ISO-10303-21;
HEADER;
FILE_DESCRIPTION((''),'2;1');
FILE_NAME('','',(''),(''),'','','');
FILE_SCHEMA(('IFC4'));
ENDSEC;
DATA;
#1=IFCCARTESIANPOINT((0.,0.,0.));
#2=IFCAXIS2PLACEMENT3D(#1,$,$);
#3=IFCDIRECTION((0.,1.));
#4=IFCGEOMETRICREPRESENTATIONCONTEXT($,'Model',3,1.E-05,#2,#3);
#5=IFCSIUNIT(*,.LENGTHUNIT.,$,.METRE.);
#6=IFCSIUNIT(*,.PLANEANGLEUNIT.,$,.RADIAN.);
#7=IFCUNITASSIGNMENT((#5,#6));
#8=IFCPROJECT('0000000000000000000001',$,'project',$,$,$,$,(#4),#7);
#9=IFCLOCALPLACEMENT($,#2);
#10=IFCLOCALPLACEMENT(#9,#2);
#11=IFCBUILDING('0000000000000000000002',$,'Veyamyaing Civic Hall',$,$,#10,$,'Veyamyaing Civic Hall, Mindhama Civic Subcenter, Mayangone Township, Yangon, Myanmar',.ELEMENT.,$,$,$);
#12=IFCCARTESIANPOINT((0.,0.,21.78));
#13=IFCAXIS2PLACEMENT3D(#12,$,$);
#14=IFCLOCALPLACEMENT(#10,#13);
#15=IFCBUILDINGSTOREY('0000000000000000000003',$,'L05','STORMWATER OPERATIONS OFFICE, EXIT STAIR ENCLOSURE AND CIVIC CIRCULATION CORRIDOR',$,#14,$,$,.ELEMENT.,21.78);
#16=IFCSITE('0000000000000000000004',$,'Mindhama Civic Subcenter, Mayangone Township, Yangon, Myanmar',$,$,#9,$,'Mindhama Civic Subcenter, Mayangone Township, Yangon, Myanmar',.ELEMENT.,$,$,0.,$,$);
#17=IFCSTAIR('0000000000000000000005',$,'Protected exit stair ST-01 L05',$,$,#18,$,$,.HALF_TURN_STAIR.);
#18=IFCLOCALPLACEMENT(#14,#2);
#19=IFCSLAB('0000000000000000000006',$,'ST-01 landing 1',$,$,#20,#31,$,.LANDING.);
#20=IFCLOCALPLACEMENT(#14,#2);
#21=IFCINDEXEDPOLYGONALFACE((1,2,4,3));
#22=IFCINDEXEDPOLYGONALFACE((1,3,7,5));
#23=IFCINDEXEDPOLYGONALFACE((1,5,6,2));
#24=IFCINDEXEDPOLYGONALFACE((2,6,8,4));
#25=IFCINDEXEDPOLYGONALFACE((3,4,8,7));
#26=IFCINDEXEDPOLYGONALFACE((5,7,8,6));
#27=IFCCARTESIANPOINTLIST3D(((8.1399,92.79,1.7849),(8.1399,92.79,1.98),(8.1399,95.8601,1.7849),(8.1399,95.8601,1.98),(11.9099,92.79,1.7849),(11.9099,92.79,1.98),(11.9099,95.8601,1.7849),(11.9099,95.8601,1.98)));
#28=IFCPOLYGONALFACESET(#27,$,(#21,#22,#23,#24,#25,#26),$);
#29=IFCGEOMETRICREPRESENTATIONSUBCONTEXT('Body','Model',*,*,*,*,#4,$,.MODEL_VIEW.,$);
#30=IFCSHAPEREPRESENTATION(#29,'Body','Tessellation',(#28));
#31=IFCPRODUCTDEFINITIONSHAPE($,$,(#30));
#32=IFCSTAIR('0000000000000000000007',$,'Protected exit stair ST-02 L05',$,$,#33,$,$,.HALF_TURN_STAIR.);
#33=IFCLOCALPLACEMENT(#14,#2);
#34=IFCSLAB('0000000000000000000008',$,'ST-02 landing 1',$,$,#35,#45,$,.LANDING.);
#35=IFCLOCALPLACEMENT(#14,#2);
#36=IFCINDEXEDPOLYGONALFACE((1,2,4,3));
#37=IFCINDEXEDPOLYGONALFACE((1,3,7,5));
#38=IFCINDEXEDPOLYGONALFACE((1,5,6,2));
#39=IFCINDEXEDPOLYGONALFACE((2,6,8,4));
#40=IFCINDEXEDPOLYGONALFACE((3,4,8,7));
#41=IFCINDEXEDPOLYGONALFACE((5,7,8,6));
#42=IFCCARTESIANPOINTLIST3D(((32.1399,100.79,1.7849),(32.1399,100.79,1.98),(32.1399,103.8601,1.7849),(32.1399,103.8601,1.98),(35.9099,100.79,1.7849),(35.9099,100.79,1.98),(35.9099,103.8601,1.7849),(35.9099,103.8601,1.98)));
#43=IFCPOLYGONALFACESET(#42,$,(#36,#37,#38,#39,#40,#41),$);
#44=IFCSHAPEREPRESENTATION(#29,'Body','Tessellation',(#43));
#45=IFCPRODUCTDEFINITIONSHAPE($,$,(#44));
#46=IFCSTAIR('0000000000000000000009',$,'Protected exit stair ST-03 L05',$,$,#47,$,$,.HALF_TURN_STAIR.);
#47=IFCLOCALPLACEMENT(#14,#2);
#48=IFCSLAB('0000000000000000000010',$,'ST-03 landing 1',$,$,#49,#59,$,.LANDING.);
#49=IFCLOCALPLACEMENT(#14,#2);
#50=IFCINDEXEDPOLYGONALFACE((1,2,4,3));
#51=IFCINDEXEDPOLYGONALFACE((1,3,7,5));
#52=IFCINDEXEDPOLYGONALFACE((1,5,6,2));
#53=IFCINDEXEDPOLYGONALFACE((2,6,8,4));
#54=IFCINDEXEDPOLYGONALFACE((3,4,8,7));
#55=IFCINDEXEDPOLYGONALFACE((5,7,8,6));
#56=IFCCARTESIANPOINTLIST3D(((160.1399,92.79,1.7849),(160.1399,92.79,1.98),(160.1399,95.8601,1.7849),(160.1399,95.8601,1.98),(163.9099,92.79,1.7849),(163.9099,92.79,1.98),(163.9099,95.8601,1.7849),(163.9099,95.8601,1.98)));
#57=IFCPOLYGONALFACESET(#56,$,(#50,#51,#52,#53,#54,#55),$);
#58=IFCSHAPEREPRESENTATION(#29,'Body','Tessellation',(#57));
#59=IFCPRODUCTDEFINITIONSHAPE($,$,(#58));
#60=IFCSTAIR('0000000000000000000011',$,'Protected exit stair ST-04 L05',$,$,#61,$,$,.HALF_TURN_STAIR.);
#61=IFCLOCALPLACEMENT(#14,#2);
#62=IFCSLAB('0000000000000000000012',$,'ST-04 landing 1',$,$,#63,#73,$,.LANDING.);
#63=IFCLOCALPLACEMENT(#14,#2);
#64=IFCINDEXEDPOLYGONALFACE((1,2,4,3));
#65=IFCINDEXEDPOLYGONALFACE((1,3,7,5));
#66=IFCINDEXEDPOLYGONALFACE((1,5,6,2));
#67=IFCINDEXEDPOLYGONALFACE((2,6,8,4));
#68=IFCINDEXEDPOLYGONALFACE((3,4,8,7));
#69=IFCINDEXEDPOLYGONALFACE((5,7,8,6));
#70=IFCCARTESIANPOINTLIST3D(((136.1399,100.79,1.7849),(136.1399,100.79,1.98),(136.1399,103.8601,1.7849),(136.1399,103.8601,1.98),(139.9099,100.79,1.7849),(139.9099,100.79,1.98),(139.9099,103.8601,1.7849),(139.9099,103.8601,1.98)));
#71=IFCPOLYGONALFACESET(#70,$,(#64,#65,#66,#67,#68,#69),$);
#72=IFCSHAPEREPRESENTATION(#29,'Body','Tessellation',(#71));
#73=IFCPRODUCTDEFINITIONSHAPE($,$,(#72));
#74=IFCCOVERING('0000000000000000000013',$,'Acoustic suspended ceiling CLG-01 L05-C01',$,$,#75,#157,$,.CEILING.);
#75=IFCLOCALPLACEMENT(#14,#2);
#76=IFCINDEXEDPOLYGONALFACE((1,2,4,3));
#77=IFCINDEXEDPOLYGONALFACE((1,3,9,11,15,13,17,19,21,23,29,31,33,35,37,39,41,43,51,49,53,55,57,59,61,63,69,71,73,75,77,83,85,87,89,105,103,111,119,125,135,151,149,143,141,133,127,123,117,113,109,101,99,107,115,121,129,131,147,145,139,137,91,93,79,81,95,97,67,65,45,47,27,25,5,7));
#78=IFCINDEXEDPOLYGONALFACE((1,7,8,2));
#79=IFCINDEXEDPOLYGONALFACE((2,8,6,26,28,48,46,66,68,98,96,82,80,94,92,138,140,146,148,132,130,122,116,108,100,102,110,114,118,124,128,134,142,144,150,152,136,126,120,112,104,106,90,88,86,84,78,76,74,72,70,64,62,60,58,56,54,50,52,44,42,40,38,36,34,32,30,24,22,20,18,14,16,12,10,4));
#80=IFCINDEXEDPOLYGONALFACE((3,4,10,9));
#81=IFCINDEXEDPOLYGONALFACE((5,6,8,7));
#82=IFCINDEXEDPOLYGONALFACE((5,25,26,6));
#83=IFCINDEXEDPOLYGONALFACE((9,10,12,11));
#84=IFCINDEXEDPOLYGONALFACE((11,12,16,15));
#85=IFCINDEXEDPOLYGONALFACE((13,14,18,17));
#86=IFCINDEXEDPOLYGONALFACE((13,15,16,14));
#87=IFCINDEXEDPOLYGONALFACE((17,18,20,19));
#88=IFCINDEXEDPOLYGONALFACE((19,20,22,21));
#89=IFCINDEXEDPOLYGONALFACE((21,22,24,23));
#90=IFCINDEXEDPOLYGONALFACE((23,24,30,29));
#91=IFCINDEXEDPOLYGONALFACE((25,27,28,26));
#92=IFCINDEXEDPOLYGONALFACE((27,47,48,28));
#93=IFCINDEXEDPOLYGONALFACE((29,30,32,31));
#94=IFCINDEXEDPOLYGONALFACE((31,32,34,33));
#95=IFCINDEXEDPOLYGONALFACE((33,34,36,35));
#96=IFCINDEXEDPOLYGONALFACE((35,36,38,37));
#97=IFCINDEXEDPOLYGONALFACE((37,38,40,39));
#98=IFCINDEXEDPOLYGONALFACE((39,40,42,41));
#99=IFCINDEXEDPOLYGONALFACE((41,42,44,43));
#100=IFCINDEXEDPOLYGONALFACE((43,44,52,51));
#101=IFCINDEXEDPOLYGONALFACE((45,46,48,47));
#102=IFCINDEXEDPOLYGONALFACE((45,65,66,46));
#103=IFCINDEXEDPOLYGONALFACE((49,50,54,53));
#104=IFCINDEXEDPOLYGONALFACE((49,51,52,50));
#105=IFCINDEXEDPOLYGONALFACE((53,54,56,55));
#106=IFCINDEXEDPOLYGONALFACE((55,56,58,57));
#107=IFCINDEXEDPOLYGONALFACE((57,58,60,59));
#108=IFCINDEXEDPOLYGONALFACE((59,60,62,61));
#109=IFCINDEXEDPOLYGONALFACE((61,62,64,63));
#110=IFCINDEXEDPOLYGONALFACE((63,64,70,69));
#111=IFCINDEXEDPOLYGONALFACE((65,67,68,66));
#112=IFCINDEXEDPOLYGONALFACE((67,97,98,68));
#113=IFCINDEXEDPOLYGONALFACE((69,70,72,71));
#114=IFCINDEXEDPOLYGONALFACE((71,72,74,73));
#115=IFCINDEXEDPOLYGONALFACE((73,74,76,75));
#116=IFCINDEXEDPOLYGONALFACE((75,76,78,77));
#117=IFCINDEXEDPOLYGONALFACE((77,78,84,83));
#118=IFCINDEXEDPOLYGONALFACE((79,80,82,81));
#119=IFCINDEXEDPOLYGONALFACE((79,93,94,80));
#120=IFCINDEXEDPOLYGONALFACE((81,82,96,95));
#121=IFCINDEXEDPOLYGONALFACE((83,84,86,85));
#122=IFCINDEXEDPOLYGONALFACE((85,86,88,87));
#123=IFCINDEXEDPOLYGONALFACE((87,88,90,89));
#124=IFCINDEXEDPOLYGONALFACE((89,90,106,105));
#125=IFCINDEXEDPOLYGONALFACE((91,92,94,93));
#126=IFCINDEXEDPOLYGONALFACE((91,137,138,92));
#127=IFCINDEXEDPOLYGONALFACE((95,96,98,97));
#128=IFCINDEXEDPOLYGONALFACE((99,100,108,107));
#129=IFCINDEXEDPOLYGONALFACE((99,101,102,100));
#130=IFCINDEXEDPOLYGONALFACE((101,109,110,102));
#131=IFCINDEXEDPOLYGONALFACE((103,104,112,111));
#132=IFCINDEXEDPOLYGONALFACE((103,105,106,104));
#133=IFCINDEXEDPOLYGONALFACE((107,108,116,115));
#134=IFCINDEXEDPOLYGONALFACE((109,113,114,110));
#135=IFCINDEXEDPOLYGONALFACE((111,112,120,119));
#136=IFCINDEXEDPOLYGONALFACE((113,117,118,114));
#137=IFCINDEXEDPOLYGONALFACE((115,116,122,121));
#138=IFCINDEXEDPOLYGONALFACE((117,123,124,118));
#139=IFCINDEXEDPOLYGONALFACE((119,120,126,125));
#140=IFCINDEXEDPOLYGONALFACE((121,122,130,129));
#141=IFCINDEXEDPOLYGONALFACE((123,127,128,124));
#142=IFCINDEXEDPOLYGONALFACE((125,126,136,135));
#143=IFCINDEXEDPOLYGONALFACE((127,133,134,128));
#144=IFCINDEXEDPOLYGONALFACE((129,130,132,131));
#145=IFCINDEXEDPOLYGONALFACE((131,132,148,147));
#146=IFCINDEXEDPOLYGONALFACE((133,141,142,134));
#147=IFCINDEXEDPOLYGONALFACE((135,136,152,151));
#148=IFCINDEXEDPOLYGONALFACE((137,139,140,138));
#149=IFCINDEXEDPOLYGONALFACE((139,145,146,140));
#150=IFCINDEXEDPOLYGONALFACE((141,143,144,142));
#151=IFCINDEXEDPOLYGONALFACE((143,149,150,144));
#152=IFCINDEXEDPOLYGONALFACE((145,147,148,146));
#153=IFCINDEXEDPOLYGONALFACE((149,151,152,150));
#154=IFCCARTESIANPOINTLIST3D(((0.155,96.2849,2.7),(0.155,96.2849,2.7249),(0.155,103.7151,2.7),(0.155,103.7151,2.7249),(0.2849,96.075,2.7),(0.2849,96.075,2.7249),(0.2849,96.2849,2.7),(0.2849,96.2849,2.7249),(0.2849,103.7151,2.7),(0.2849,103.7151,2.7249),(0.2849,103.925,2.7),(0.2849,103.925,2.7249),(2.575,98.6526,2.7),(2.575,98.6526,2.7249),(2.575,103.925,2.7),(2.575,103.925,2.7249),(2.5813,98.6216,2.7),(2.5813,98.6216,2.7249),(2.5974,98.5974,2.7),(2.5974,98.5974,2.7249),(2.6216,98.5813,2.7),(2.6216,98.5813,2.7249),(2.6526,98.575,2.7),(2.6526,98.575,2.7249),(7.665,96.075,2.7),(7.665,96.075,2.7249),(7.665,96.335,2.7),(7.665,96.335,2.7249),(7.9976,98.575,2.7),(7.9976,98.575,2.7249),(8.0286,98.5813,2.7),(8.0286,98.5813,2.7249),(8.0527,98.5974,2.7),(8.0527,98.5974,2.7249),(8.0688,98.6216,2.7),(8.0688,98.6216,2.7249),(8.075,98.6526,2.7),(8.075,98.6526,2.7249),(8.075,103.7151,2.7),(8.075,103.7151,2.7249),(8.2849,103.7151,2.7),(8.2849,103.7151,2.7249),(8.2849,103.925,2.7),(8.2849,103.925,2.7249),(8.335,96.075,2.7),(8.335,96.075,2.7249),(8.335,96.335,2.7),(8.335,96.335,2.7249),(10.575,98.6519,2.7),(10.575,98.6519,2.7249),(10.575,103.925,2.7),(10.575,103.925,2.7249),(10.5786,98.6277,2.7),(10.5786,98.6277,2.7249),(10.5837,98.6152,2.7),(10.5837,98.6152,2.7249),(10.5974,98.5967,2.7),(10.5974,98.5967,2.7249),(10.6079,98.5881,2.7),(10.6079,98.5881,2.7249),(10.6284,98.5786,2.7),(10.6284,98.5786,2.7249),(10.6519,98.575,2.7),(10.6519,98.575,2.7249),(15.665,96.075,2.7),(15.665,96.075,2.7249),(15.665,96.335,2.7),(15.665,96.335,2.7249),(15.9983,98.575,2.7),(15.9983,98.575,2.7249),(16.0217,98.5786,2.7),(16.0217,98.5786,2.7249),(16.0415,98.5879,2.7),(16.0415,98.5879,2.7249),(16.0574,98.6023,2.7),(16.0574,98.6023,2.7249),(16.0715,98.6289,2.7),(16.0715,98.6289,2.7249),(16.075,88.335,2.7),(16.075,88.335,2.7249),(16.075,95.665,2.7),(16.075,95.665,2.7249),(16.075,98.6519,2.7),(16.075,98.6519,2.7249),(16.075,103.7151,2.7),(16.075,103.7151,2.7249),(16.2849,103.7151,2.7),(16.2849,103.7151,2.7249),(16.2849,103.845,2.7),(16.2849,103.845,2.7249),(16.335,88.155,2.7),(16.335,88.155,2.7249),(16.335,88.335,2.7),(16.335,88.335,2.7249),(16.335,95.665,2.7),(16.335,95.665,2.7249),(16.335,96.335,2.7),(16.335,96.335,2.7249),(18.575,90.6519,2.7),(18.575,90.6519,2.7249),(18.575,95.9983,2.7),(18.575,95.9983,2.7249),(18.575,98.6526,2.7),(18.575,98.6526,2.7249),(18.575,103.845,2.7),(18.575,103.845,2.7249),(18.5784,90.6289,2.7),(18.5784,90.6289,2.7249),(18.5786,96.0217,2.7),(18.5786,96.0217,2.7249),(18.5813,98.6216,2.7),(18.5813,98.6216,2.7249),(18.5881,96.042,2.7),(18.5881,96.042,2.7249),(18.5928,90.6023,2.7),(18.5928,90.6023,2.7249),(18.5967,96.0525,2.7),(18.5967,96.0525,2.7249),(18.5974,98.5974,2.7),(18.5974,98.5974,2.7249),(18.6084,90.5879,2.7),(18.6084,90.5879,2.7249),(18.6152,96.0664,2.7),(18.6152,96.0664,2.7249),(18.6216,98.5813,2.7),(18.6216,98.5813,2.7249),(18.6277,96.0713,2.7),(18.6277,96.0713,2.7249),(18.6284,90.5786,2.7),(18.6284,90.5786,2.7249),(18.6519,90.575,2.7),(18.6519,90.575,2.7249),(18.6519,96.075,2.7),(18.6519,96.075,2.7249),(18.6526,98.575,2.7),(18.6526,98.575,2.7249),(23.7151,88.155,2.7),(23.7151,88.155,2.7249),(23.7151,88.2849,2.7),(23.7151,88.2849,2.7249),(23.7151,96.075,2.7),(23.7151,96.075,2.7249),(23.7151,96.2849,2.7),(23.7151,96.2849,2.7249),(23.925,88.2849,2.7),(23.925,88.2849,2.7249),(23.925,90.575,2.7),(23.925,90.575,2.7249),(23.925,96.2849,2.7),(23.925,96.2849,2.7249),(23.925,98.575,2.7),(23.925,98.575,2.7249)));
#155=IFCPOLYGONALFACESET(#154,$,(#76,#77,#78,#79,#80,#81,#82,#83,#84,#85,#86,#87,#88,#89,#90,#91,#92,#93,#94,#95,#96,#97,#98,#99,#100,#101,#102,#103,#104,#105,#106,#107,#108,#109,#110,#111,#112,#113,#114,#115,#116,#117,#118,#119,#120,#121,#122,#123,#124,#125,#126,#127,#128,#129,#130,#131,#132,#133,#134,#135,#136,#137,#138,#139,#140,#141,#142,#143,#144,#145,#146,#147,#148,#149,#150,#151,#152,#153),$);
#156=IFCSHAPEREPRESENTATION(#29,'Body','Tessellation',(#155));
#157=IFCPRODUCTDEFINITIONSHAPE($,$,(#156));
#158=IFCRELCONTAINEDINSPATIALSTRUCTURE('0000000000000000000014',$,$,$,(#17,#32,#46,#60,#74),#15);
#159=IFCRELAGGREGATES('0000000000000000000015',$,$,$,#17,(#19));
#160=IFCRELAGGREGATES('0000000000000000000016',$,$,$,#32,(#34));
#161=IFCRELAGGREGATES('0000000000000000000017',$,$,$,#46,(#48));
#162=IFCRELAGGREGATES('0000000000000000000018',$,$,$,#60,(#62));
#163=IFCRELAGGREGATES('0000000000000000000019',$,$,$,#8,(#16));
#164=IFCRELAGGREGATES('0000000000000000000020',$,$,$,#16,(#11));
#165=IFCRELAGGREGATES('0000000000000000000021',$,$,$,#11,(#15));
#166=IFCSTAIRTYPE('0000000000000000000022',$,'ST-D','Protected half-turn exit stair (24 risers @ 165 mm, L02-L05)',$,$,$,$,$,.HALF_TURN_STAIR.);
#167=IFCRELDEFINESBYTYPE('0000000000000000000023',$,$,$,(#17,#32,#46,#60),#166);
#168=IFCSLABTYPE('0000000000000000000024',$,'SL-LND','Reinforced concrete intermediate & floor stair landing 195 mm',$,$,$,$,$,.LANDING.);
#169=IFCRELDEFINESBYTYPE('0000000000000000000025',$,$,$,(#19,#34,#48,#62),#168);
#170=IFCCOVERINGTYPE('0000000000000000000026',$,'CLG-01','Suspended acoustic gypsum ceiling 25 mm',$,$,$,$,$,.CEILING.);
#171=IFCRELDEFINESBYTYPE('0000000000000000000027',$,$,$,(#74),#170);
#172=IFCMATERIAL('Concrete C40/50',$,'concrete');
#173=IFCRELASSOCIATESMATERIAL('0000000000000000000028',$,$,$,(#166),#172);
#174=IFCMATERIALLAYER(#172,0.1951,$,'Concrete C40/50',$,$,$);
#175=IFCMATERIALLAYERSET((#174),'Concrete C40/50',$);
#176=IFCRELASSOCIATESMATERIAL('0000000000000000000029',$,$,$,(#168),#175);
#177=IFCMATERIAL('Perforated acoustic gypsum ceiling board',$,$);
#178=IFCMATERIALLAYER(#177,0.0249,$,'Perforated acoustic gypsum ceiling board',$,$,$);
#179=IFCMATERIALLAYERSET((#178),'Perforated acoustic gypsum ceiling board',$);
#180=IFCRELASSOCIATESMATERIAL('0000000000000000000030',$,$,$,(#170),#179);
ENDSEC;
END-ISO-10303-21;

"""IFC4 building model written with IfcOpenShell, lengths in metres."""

from ifc_helpers import new_model, si_unit, direction, frame, origin, place, context, subcontext, project, spatial, polyline, outline, extrude, material, layer, layer_set, type_object, element, aggregate, save


model = new_model("IFC4")

# Units and contexts
model_context = context("Model", 3, precision=1e-05, world=origin(), true_north=direction((0.0, 1.0)))
body_context = subcontext(model_context, "Body", "Model", "MODEL_VIEW")
ifc_project = project(units=[si_unit("LENGTHUNIT", "METRE"), si_unit("PLANEANGLEUNIT", "RADIAN")], contexts=[model_context])

# Site, building, storey
site_placement = place(None, origin())
site = spatial("IfcSite", under=ifc_project, at=site_placement, Name="Mindhama Civic Subcenter, Mayangone Township, Yangon, Myanmar", LongName="Mindhama Civic Subcenter, Mayangone Township, Yangon, Myanmar", CompositionType="ELEMENT", RefElevation=0.0)
building_placement = place(site_placement, origin())
building = spatial("IfcBuilding", under=site, at=building_placement, Name="Veyamyaing Civic Hall", LongName="Veyamyaing Civic Hall, Mindhama Civic Subcenter, Mayangone Township, Yangon, Myanmar", CompositionType="ELEMENT")
storey_placement = place(building_placement, frame((0.0, 0.0, 21.78)))
storey = spatial("IfcBuildingStorey", under=building, at=storey_placement, Name="L05", Description="STORMWATER OPERATIONS OFFICE, EXIT STAIR ENCLOSURE AND CIVIC CIRCULATION CORRIDOR", CompositionType="ELEMENT", Elevation=21.78)

# Stairs, slabs
ifc_material_1 = material(Name="Concrete C40/50", Category="concrete")
stair_type = type_object("IfcStairType", Name="ST-D", Description="Protected half-turn exit stair (24 risers @ 165 mm, L02-L05)", PredefinedType="HALF_TURN_STAIR", material=ifc_material_1)
stair_1_placement = place(storey_placement, origin())
stair_1 = element("IfcStair", 1, at=stair_1_placement, inside=storey, type_object=stair_type, Name="Protected exit stair ST-01 L05", PredefinedType="HALF_TURN_STAIR")
ifc_layer_1 = layer(ifc_material_1, 0.1951, Name="Concrete C40/50")
ifc_layer_set_1 = layer_set([ifc_layer_1], Name="Concrete C40/50")
slab_type = type_object("IfcSlabType", Name="SL-LND", Description="Reinforced concrete intermediate & floor stair landing 195 mm", PredefinedType="LANDING", material=ifc_layer_set_1)
slab_1_placement = place(storey_placement, frame((0.0, 0.0, 1.7849)))
slab_1 = element("IfcSlab", 2, at=slab_1_placement, type_object=slab_type, Name="ST-01 landing 1", PredefinedType="LANDING", context=body_context, shape_type="SweptSolid", body=[
    extrude(outline(polyline([(8.1399, 92.79), (11.9099, 92.79), (11.9099, 95.8601), (8.1399, 95.8601), (8.1399, 92.79)])), origin(), (0.0, 0.0, 1.0), 0.1951),
])
aggregate(stair_1, [slab_1])
stair_2_placement = place(storey_placement, origin())
stair_2 = element("IfcStair", 3, at=stair_2_placement, inside=storey, type_object=stair_type, Name="Protected exit stair ST-02 L05", PredefinedType="HALF_TURN_STAIR")
slab_2_placement = place(storey_placement, frame((0.0, 0.0, 1.7849)))
slab_2 = element("IfcSlab", 4, at=slab_2_placement, type_object=slab_type, Name="ST-02 landing 1", PredefinedType="LANDING", context=body_context, shape_type="SweptSolid", body=[
    extrude(outline(polyline([(32.1399, 100.79), (35.9099, 100.79), (35.9099, 103.8601), (32.1399, 103.8601), (32.1399, 100.79)])), origin(), (0.0, 0.0, 1.0), 0.1951),
])
aggregate(stair_2, [slab_2])
stair_3_placement = place(storey_placement, origin())
stair_3 = element("IfcStair", 5, at=stair_3_placement, inside=storey, type_object=stair_type, Name="Protected exit stair ST-03 L05", PredefinedType="HALF_TURN_STAIR")
slab_3_placement = place(storey_placement, frame((0.0, 0.0, 1.7849)))
slab_3 = element("IfcSlab", 6, at=slab_3_placement, type_object=slab_type, Name="ST-03 landing 1", PredefinedType="LANDING", context=body_context, shape_type="SweptSolid", body=[
    extrude(outline(polyline([(160.1399, 92.79), (163.9099, 92.79), (163.9099, 95.8601), (160.1399, 95.8601), (160.1399, 92.79)])), origin(), (0.0, 0.0, 1.0), 0.1951),
])
aggregate(stair_3, [slab_3])
stair_4_placement = place(storey_placement, origin())
stair_4 = element("IfcStair", 7, at=stair_4_placement, inside=storey, type_object=stair_type, Name="Protected exit stair ST-04 L05", PredefinedType="HALF_TURN_STAIR")
slab_4_placement = place(storey_placement, frame((0.0, 0.0, 1.7849)))
slab_4 = element("IfcSlab", 8, at=slab_4_placement, type_object=slab_type, Name="ST-04 landing 1", PredefinedType="LANDING", context=body_context, shape_type="SweptSolid", body=[
    extrude(outline(polyline([(136.1399, 100.79), (139.9099, 100.79), (139.9099, 103.8601), (136.1399, 103.8601), (136.1399, 100.79)])), origin(), (0.0, 0.0, 1.0), 0.1951),
])
aggregate(stair_4, [slab_4])

# Covering
ifc_material_2 = material(Name="Perforated acoustic gypsum ceiling board")
ifc_layer_2 = layer(ifc_material_2, 0.0249, Name="Perforated acoustic gypsum ceiling board")
ifc_layer_set_2 = layer_set([ifc_layer_2], Name="Perforated acoustic gypsum ceiling board")
covering_type_1 = type_object("IfcCoveringType", Name="CLG-01", Description="Suspended acoustic gypsum ceiling 25 mm", PredefinedType="CEILING", material=ifc_layer_set_2)
covering_1_placement = place(storey_placement, frame((0.0, 0.0, 2.7)))
element("IfcCovering", 9, at=covering_1_placement, inside=storey, type_object=covering_type_1, Name="Acoustic suspended ceiling CLG-01 L05-C01", PredefinedType="CEILING", context=body_context, shape_type="SweptSolid", body=[
    extrude(outline(polyline([(8.335, 96.075), (8.335, 96.335), (7.665, 96.335), (7.665, 96.075), (0.2849, 96.075), (0.2849, 96.2849), (0.155, 96.2849), (0.155, 103.7151), (0.2849, 103.7151), (0.2849, 103.925), (2.575, 103.925), (2.575, 98.6526), (2.5813, 98.6216), (2.5974, 98.5974), (2.6216, 98.5813), (2.6526, 98.575), (7.9976, 98.575), (8.0286, 98.5813), (8.0527, 98.5974), (8.0688, 98.6216), (8.075, 98.6526), (8.075, 103.7151), (8.2849, 103.7151), (8.2849, 103.925), (10.575, 103.925), (10.575, 98.6519), (10.5786, 98.6277), (10.5837, 98.6152), (10.5974, 98.5967), (10.6079, 98.5881), (10.6284, 98.5786), (10.6519, 98.575), (15.9983, 98.575), (16.0217, 98.5786), (16.0415, 98.5879), (16.0574, 98.6023), (16.0715, 98.6289), (16.075, 98.6519), (16.075, 103.7151), (16.2849, 103.7151), (16.2849, 103.845), (18.575, 103.845), (18.575, 98.6526), (18.5813, 98.6216), (18.5974, 98.5974), (18.6216, 98.5813), (18.6526, 98.575), (23.925, 98.575), (23.925, 96.2849), (23.7151, 96.2849), (23.7151, 96.075), (18.6519, 96.075), (18.6277, 96.0713), (18.6152, 96.0664), (18.5967, 96.0525), (18.5881, 96.042), (18.5786, 96.0217), (18.575, 95.9983), (18.575, 90.6519), (18.5784, 90.6289), (18.5928, 90.6023), (18.6084, 90.5879), (18.6284, 90.5786), (18.6519, 90.575), (23.925, 90.575), (23.925, 88.2849), (23.7151, 88.2849), (23.7151, 88.155), (16.335, 88.155), (16.335, 88.335), (16.075, 88.335), (16.075, 95.665), (16.335, 95.665), (16.335, 96.335), (15.665, 96.335), (15.665, 96.075), (8.335, 96.075)])), origin(), (0.0, 0.0, 1.0), 0.0249),
])

save(model, "model.ifc")
